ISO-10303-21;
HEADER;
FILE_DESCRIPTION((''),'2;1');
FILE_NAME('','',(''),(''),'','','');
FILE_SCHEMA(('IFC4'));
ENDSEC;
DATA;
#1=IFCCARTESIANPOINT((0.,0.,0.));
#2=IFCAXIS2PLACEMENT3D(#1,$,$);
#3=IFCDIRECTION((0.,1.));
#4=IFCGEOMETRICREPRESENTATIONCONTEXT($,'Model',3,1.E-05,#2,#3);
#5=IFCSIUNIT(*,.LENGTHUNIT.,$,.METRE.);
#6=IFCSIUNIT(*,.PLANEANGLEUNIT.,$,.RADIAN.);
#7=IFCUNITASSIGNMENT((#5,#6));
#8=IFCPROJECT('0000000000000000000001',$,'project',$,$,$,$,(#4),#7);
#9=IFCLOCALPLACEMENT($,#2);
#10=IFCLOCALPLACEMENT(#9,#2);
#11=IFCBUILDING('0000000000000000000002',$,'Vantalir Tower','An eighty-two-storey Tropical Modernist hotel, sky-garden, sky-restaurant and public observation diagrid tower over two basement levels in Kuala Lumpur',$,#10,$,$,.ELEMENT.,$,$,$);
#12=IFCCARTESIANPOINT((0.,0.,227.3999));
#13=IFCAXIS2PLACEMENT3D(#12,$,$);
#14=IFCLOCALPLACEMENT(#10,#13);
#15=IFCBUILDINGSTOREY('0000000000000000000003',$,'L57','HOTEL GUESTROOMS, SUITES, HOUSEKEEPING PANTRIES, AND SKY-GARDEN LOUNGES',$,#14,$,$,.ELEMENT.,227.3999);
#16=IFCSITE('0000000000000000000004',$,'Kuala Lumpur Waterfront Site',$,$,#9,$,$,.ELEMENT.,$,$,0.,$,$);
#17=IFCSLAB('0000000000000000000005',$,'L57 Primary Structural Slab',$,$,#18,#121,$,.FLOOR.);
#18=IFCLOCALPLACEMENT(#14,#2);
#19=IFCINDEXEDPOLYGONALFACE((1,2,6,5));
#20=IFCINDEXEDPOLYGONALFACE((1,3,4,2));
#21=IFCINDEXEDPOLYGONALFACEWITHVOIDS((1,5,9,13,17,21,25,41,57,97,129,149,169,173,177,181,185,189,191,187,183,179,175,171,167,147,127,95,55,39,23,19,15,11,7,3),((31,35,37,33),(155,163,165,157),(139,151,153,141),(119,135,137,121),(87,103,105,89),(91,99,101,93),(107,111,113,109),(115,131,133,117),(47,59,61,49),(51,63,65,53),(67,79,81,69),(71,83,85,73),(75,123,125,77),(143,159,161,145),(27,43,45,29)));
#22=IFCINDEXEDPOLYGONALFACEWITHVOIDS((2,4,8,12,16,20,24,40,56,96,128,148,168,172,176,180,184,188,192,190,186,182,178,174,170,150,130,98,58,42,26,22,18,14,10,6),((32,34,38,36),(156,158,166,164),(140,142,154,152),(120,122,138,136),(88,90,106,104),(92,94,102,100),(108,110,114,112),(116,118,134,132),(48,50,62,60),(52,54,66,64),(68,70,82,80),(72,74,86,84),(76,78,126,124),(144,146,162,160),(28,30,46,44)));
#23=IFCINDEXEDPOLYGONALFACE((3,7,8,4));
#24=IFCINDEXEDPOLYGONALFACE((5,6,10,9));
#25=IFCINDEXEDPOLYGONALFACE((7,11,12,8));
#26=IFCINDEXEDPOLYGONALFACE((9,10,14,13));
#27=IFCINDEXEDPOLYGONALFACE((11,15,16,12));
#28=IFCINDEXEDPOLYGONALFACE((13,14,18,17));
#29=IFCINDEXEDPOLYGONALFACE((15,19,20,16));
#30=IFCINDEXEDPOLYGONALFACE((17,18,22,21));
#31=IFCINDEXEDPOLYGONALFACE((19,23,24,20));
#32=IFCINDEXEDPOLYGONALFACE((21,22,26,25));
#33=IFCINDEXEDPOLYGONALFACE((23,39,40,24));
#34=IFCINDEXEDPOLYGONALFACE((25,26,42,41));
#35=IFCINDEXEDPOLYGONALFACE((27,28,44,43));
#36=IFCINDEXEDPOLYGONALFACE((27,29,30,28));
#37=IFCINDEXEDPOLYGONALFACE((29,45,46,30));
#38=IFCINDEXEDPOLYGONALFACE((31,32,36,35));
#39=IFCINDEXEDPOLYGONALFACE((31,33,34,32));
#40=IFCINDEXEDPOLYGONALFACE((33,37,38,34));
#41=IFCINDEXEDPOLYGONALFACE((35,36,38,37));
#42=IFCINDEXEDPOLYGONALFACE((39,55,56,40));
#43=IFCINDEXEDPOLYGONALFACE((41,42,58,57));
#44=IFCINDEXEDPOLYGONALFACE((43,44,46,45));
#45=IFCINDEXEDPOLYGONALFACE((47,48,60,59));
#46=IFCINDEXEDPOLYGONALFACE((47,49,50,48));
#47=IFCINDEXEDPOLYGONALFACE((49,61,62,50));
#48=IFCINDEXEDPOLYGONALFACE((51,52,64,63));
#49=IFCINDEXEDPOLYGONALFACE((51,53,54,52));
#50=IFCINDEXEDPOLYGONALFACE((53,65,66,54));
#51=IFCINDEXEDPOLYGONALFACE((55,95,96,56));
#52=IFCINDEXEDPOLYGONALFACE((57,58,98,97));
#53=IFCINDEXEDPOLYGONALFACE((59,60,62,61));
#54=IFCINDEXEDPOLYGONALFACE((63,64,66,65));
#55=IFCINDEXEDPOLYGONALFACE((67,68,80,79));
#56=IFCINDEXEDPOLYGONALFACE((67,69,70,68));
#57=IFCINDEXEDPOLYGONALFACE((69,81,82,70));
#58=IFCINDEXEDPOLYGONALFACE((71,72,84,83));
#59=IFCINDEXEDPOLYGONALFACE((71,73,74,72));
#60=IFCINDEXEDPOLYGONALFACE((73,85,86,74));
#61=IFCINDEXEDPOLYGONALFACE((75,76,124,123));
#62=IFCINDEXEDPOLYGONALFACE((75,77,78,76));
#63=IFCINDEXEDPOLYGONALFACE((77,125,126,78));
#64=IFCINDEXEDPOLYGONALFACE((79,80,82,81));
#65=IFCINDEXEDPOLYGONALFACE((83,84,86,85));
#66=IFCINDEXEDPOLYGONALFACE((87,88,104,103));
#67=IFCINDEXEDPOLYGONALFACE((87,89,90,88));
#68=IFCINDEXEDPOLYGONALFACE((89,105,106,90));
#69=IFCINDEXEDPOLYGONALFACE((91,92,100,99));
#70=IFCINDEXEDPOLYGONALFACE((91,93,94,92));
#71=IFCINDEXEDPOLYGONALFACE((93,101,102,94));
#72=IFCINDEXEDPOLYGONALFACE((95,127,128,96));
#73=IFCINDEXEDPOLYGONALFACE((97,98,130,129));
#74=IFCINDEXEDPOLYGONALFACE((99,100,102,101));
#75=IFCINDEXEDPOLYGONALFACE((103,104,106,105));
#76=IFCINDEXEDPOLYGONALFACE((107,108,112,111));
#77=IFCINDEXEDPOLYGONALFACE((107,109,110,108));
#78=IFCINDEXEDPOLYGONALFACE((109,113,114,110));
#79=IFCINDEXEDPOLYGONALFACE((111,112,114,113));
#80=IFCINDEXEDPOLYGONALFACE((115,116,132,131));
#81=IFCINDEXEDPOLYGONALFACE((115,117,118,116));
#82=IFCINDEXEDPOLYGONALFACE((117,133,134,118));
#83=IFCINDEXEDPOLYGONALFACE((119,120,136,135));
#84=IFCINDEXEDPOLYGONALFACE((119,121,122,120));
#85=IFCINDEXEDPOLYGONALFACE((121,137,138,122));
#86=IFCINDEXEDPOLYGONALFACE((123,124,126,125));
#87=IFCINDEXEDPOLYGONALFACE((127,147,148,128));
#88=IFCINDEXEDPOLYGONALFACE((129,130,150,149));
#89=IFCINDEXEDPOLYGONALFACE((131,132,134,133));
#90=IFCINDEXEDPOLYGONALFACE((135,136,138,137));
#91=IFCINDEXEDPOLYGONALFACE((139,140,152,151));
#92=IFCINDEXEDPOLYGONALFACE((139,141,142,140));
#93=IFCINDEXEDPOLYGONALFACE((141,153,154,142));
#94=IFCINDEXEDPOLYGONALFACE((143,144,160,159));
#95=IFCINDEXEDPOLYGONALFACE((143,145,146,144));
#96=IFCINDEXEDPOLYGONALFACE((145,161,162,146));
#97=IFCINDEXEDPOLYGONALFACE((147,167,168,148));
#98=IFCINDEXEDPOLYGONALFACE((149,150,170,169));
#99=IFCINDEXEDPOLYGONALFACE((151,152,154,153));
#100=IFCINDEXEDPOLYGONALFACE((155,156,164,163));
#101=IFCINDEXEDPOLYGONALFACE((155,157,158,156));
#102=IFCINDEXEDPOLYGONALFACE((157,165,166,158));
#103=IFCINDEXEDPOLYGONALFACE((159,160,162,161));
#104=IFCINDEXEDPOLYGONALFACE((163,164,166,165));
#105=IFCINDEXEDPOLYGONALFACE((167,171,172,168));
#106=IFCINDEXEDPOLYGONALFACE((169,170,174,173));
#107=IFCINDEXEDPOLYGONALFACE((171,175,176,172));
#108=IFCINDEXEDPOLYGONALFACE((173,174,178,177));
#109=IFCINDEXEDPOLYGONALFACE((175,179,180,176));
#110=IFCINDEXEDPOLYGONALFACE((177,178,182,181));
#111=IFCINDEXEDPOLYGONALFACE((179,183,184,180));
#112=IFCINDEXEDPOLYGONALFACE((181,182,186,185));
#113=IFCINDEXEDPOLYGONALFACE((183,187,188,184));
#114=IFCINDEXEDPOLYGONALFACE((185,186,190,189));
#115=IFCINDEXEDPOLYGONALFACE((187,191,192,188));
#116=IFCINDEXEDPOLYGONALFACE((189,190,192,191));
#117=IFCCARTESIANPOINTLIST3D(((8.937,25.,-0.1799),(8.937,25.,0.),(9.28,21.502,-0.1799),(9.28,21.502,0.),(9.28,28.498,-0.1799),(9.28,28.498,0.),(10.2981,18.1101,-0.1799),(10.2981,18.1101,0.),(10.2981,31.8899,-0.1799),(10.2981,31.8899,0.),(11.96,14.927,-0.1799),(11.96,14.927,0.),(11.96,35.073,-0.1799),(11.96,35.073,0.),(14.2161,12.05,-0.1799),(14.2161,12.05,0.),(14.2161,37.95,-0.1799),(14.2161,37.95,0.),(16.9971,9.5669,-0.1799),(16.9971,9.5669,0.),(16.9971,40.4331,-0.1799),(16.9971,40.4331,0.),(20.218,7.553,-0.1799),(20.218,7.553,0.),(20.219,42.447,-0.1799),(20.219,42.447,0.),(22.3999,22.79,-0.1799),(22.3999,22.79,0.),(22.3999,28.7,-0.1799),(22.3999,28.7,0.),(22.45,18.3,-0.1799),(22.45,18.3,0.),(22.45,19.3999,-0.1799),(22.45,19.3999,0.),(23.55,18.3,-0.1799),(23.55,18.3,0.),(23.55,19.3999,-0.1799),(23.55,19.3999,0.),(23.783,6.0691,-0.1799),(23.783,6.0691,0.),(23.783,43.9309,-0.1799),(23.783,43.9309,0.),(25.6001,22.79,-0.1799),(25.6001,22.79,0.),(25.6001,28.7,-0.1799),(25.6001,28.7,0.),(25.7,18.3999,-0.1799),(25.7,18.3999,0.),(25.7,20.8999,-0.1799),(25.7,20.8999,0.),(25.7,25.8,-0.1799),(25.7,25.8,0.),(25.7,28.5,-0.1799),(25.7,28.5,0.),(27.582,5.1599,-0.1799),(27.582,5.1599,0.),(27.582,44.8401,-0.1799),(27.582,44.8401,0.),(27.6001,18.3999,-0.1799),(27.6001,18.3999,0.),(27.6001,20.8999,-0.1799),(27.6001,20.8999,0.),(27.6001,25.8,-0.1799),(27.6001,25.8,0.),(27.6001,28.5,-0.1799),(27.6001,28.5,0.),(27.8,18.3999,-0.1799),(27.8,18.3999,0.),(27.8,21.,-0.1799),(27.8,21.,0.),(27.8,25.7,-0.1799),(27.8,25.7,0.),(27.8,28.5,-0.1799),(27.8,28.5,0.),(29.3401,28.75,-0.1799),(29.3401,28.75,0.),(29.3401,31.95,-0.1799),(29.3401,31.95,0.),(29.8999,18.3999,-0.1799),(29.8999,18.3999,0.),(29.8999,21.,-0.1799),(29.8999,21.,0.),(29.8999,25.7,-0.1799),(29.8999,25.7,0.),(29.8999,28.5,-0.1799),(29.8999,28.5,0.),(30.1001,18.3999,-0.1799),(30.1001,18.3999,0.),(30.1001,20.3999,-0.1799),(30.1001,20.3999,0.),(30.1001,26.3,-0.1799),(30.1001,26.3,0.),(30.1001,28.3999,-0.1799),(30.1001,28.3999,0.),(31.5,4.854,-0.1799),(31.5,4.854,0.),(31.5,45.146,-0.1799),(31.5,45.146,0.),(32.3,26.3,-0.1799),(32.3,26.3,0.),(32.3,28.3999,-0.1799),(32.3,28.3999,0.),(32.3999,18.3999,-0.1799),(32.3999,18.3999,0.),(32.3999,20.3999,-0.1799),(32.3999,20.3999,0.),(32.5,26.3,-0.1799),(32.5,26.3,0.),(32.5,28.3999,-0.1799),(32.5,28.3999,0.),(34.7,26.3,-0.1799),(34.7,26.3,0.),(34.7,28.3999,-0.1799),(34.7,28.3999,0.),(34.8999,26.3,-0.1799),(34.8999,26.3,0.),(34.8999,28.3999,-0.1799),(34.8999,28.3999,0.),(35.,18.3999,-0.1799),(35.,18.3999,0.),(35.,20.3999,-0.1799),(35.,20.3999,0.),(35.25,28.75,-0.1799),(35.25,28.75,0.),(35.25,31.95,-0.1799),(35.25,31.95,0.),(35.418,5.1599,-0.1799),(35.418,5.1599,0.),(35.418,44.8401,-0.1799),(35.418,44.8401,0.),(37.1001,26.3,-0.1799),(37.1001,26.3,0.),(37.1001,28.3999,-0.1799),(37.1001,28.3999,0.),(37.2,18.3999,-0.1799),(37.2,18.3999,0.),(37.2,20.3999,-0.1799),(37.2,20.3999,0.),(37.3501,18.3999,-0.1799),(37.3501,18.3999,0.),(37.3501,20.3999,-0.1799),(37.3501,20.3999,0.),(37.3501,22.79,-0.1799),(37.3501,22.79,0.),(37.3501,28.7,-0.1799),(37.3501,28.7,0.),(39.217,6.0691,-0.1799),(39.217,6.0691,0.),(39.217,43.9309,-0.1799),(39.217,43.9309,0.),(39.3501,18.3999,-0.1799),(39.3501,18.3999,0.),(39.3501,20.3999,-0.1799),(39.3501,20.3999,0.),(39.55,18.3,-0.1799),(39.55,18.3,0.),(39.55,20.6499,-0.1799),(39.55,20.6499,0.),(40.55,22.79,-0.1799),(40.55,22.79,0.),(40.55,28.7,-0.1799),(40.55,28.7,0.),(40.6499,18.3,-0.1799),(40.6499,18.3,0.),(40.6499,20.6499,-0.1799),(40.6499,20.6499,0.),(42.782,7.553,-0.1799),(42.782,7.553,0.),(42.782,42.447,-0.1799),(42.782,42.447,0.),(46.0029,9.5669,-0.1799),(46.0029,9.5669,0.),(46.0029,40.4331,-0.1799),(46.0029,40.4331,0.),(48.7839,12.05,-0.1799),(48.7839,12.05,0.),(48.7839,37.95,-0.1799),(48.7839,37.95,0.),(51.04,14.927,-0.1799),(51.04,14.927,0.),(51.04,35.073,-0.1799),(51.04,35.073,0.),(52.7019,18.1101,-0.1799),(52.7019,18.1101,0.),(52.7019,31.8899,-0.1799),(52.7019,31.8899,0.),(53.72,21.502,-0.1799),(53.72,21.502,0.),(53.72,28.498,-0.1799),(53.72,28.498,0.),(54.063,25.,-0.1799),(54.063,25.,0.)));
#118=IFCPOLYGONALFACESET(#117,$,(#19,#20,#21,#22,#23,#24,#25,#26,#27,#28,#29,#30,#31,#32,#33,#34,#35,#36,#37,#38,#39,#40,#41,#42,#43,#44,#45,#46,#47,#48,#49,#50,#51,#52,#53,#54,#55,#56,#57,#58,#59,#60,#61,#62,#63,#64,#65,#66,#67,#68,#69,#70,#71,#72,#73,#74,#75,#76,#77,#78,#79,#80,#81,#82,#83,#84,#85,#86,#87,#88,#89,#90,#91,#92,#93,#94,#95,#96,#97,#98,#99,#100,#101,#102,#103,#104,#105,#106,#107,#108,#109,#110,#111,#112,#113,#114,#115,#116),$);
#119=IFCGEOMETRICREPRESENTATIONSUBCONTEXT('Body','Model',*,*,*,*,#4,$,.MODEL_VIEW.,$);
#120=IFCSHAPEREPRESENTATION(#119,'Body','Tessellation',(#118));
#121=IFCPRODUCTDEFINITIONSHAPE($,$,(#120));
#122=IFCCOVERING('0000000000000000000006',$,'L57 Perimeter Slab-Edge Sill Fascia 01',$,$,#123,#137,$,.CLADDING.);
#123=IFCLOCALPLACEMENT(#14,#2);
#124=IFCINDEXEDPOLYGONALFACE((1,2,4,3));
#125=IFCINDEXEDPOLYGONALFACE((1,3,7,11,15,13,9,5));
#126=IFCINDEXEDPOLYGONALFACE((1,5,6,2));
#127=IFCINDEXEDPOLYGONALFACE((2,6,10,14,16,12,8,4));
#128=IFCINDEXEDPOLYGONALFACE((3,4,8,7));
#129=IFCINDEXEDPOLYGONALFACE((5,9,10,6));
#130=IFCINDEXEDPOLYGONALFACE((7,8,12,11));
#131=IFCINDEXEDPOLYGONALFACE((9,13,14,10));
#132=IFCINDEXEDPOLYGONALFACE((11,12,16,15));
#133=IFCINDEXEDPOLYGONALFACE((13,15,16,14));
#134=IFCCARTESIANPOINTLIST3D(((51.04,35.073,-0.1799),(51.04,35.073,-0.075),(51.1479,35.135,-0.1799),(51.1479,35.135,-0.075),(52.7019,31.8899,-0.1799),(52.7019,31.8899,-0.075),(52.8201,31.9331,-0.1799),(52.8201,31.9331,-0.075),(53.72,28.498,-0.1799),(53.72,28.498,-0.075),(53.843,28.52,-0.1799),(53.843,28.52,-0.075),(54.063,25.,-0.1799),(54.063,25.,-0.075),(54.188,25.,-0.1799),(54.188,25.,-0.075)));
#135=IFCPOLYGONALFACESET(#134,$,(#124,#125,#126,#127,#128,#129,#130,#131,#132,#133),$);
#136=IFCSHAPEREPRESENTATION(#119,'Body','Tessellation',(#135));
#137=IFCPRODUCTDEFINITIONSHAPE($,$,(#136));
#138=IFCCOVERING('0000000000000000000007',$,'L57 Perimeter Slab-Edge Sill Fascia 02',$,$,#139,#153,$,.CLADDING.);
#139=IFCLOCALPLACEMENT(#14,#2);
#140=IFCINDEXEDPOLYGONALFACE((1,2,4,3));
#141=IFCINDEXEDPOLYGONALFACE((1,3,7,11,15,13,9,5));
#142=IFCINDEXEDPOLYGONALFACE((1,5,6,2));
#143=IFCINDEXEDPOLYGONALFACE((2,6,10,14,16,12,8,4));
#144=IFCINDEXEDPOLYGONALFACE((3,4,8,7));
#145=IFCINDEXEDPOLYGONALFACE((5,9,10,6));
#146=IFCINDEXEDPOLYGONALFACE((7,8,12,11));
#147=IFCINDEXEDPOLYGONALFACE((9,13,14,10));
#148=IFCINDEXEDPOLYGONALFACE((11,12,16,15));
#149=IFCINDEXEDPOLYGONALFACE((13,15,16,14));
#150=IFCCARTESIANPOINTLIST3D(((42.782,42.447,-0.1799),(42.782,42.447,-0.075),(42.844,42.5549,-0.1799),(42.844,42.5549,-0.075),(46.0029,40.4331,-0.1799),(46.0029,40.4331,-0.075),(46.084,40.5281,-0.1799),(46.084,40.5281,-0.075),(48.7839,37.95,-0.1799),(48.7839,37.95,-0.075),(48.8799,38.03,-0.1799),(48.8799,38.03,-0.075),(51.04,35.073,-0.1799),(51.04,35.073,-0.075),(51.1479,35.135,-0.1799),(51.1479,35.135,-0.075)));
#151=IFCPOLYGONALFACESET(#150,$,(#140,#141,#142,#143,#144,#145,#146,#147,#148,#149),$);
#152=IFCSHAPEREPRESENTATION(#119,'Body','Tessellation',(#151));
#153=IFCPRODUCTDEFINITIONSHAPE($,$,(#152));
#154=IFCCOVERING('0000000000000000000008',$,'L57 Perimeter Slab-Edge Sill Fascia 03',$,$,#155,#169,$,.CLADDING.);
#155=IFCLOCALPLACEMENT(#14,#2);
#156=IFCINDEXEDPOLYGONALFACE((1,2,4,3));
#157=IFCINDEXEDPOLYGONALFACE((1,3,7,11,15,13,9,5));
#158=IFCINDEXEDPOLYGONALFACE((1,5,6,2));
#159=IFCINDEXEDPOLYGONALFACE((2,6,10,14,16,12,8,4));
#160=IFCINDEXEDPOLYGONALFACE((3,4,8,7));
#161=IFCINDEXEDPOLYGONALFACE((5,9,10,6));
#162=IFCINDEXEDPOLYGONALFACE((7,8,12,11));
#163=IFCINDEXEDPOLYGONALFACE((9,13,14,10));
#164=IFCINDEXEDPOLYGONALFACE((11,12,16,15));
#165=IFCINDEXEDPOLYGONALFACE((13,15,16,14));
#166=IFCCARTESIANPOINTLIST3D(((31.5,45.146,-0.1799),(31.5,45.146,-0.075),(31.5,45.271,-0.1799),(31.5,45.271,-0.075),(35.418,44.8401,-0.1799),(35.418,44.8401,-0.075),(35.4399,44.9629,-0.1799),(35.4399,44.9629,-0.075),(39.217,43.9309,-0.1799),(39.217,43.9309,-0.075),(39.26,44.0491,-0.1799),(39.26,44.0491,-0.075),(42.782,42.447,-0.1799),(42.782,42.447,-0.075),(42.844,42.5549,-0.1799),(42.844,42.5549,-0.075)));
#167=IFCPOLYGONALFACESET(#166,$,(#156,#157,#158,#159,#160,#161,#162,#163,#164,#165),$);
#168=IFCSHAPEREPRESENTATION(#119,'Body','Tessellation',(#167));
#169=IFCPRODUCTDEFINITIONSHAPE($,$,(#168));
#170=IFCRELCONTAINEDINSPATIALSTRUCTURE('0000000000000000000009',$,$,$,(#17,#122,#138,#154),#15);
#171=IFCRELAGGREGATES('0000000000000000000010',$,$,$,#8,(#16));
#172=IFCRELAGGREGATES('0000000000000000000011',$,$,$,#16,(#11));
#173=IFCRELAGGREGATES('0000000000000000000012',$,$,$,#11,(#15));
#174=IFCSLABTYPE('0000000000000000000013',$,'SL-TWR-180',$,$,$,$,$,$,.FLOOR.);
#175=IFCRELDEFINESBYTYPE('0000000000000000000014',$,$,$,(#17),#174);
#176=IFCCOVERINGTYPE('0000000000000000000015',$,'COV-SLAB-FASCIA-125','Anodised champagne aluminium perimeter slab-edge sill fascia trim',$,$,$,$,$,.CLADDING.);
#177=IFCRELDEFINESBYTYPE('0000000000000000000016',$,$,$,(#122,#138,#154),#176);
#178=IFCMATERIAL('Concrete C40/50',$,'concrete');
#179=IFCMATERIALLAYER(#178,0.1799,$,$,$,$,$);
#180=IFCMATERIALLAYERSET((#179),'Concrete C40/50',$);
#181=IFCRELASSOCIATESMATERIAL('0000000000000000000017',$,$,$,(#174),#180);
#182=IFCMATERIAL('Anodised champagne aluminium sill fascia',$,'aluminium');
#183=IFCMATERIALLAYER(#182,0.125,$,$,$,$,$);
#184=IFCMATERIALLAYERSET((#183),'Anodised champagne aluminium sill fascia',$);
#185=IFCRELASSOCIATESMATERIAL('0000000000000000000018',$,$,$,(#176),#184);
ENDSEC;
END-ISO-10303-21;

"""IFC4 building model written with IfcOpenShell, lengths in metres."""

from ifc_helpers import new_model, si_unit, direction, frame, origin, place, context, subcontext, project, spatial, polyline, outline, extrude, material, layer, layer_set, type_object, element, save


model = new_model("IFC4")

# Units and contexts
model_context = context("Model", 3, precision=1e-05, world=origin(), true_north=direction((0.0, 1.0)))
body_context = subcontext(model_context, "Body", "Model", "MODEL_VIEW")
ifc_project = project(units=[si_unit("LENGTHUNIT", "METRE"), si_unit("PLANEANGLEUNIT", "RADIAN")], contexts=[model_context])

# Site, building, storey
site_placement = place(None, origin())
site = spatial("IfcSite", under=ifc_project, at=site_placement, Name="Kuala Lumpur Waterfront Site", CompositionType="ELEMENT", RefElevation=0.0)
building_placement = place(site_placement, origin())
building = spatial("IfcBuilding", under=site, at=building_placement, Name="Vantalir Tower", Description="An eighty-two-storey Tropical Modernist hotel, sky-garden, sky-restaurant and public observation diagrid tower over two basement levels in Kuala Lumpur", CompositionType="ELEMENT")
storey_placement = place(building_placement, frame((0.0, 0.0, 227.3999)))
storey = spatial("IfcBuildingStorey", under=building, at=storey_placement, Name="L57", Description="HOTEL GUESTROOMS, SUITES, HOUSEKEEPING PANTRIES, AND SKY-GARDEN LOUNGES", CompositionType="ELEMENT", Elevation=227.3999)

# Shared definitions
ifc_material_1 = material(Name="Concrete C40/50", Category="concrete")

# Slab
ifc_layer_1 = layer(ifc_material_1, 0.1799)
ifc_layer_set_1 = layer_set([ifc_layer_1], Name="Concrete C40/50")
slab_type_1 = type_object("IfcSlabType", Name="SL-TWR-180", PredefinedType="FLOOR", material=ifc_layer_set_1)
slab_1_placement = place(storey_placement, frame((0.0, 0.0, -0.1799)))
element("IfcSlab", 1, at=slab_1_placement, inside=storey, type_object=slab_type_1, Name="L57 Primary Structural Slab", PredefinedType="FLOOR", context=body_context, shape_type="SweptSolid", body=[
    extrude(outline(polyline([(14.2161, 12.05), (16.9971, 9.5669), (20.218, 7.553), (23.783, 6.0691), (27.582, 5.1599), (31.5, 4.854), (35.418, 5.1599), (39.217, 6.0691), (42.782, 7.553), (46.0029, 9.5669), (48.7839, 12.05), (51.04, 14.927), (52.7019, 18.1101), (53.72, 21.502), (54.063, 25.0), (53.72, 28.498), (52.7019, 31.8899), (51.04, 35.073), (48.7839, 37.95), (46.0029, 40.4331), (42.782, 42.447), (39.217, 43.9309), (35.418, 44.8401), (31.5, 45.146), (27.582, 44.8401), (23.783, 43.9309), (20.219, 42.447), (16.9971, 40.4331), (14.2161, 37.95), (11.96, 35.073), (10.2981, 31.8899), (9.28, 28.498), (8.937, 25.0), (9.28, 21.502), (10.2981, 18.1101), (11.96, 14.927), (14.2161, 12.05)]), holes=[polyline([(22.3999, 28.7), (25.6001, 28.7), (25.6001, 22.79), (22.3999, 22.79), (22.3999, 28.7)]), polyline([(40.55, 28.7), (40.55, 22.79), (37.3501, 22.79), (37.3501, 28.7), (40.55, 28.7)]), polyline([(29.3401, 28.75), (29.3401, 31.95), (35.25, 31.95), (35.25, 28.75), (29.3401, 28.75)]), polyline([(25.7, 18.3999), (25.7, 20.8999), (27.6001, 20.8999), (27.6001, 18.3999), (25.7, 18.3999)]), polyline([(25.7, 28.5), (27.6001, 28.5), (27.6001, 25.8), (25.7, 25.8), (25.7, 28.5)]), polyline([(29.8999, 21.0), (29.8999, 18.3999), (27.8, 18.3999), (27.8, 21.0), (29.8999, 21.0)]), polyline([(29.8999, 25.7), (27.8, 25.7), (27.8, 28.5), (29.8999, 28.5), (29.8999, 25.7)]), polyline([(30.1001, 18.3999), (30.1001, 20.3999), (32.3999, 20.3999), (32.3999, 18.3999), (30.1001, 18.3999)]), polyline([(37.3501, 20.3999), (39.3501, 20.3999), (39.3501, 18.3999), (37.3501, 18.3999), (37.3501, 20.3999)]), polyline([(37.2, 20.3999), (37.2, 18.3999), (35.0, 18.3999), (35.0, 20.3999), (37.2, 20.3999)]), polyline([(32.3, 26.3), (30.1001, 26.3), (30.1001, 28.3999), (32.3, 28.3999), (32.3, 26.3)]), polyline([(32.5, 26.3), (32.5, 28.3999), (34.7, 28.3999), (34.7, 26.3), (32.5, 26.3)]), polyline([(34.8999, 28.3999), (37.1001, 28.3999), (37.1001, 26.3), (34.8999, 26.3), (34.8999, 28.3999)]), polyline([(23.55, 19.3999), (23.55, 18.3), (22.45, 18.3), (22.45, 19.3999), (23.55, 19.3999)]), polyline([(40.6499, 18.3), (39.55, 18.3), (39.55, 20.6499), (40.6499, 20.6499), (40.6499, 18.3)])]), origin(), (0.0, 0.0, 1.0), 0.1799),
])

# Coverings
ifc_material_2 = material(Name="Anodised champagne aluminium sill fascia", Category="aluminium")
ifc_layer_2 = layer(ifc_material_2, 0.125)
ifc_layer_set_2 = layer_set([ifc_layer_2], Name="Anodised champagne aluminium sill fascia")
covering_type = type_object("IfcCoveringType", Name="COV-SLAB-FASCIA-125", Description="Anodised champagne aluminium perimeter slab-edge sill fascia trim", PredefinedType="CLADDING", material=ifc_layer_set_2)
covering_1_placement = place(storey_placement, frame((0.0, 0.0, -0.1799)))
element("IfcCovering", 2, at=covering_1_placement, inside=storey, type_object=covering_type, Name="L57 Perimeter Slab-Edge Sill Fascia 01", PredefinedType="CLADDING", context=body_context, shape_type="SweptSolid", body=[
    extrude(outline(polyline([(54.188, 25.0), (53.843, 28.52), (52.8201, 31.9331), (51.1479, 35.135), (51.04, 35.073), (52.7019, 31.8899), (53.72, 28.498), (54.063, 25.0), (54.188, 25.0)])), origin(), (0.0, 0.0, 1.0), 0.105),
])
covering_2_placement = place(storey_placement, frame((0.0, 0.0, -0.1799)))
element("IfcCovering", 3, at=covering_2_placement, inside=storey, type_object=covering_type, Name="L57 Perimeter Slab-Edge Sill Fascia 02", PredefinedType="CLADDING", context=body_context, shape_type="SweptSolid", body=[
    extrude(outline(polyline([(51.1479, 35.135), (48.8799, 38.03), (46.084, 40.5281), (42.844, 42.5549), (42.782, 42.447), (46.0029, 40.4331), (48.7839, 37.95), (51.04, 35.073), (51.1479, 35.135)])), origin(), (0.0, 0.0, 1.0), 0.105),
])
covering_3_placement = place(storey_placement, frame((0.0, 0.0, -0.1799)))
element("IfcCovering", 4, at=covering_3_placement, inside=storey, type_object=covering_type, Name="L57 Perimeter Slab-Edge Sill Fascia 03", PredefinedType="CLADDING", context=body_context, shape_type="SweptSolid", body=[
    extrude(outline(polyline([(42.844, 42.5549), (39.26, 44.0491), (35.4399, 44.9629), (31.5, 45.271), (31.5, 45.146), (35.418, 44.8401), (39.217, 43.9309), (42.782, 42.447), (42.844, 42.5549)])), origin(), (0.0, 0.0, 1.0), 0.105),
])

save(model, "model.ifc")
